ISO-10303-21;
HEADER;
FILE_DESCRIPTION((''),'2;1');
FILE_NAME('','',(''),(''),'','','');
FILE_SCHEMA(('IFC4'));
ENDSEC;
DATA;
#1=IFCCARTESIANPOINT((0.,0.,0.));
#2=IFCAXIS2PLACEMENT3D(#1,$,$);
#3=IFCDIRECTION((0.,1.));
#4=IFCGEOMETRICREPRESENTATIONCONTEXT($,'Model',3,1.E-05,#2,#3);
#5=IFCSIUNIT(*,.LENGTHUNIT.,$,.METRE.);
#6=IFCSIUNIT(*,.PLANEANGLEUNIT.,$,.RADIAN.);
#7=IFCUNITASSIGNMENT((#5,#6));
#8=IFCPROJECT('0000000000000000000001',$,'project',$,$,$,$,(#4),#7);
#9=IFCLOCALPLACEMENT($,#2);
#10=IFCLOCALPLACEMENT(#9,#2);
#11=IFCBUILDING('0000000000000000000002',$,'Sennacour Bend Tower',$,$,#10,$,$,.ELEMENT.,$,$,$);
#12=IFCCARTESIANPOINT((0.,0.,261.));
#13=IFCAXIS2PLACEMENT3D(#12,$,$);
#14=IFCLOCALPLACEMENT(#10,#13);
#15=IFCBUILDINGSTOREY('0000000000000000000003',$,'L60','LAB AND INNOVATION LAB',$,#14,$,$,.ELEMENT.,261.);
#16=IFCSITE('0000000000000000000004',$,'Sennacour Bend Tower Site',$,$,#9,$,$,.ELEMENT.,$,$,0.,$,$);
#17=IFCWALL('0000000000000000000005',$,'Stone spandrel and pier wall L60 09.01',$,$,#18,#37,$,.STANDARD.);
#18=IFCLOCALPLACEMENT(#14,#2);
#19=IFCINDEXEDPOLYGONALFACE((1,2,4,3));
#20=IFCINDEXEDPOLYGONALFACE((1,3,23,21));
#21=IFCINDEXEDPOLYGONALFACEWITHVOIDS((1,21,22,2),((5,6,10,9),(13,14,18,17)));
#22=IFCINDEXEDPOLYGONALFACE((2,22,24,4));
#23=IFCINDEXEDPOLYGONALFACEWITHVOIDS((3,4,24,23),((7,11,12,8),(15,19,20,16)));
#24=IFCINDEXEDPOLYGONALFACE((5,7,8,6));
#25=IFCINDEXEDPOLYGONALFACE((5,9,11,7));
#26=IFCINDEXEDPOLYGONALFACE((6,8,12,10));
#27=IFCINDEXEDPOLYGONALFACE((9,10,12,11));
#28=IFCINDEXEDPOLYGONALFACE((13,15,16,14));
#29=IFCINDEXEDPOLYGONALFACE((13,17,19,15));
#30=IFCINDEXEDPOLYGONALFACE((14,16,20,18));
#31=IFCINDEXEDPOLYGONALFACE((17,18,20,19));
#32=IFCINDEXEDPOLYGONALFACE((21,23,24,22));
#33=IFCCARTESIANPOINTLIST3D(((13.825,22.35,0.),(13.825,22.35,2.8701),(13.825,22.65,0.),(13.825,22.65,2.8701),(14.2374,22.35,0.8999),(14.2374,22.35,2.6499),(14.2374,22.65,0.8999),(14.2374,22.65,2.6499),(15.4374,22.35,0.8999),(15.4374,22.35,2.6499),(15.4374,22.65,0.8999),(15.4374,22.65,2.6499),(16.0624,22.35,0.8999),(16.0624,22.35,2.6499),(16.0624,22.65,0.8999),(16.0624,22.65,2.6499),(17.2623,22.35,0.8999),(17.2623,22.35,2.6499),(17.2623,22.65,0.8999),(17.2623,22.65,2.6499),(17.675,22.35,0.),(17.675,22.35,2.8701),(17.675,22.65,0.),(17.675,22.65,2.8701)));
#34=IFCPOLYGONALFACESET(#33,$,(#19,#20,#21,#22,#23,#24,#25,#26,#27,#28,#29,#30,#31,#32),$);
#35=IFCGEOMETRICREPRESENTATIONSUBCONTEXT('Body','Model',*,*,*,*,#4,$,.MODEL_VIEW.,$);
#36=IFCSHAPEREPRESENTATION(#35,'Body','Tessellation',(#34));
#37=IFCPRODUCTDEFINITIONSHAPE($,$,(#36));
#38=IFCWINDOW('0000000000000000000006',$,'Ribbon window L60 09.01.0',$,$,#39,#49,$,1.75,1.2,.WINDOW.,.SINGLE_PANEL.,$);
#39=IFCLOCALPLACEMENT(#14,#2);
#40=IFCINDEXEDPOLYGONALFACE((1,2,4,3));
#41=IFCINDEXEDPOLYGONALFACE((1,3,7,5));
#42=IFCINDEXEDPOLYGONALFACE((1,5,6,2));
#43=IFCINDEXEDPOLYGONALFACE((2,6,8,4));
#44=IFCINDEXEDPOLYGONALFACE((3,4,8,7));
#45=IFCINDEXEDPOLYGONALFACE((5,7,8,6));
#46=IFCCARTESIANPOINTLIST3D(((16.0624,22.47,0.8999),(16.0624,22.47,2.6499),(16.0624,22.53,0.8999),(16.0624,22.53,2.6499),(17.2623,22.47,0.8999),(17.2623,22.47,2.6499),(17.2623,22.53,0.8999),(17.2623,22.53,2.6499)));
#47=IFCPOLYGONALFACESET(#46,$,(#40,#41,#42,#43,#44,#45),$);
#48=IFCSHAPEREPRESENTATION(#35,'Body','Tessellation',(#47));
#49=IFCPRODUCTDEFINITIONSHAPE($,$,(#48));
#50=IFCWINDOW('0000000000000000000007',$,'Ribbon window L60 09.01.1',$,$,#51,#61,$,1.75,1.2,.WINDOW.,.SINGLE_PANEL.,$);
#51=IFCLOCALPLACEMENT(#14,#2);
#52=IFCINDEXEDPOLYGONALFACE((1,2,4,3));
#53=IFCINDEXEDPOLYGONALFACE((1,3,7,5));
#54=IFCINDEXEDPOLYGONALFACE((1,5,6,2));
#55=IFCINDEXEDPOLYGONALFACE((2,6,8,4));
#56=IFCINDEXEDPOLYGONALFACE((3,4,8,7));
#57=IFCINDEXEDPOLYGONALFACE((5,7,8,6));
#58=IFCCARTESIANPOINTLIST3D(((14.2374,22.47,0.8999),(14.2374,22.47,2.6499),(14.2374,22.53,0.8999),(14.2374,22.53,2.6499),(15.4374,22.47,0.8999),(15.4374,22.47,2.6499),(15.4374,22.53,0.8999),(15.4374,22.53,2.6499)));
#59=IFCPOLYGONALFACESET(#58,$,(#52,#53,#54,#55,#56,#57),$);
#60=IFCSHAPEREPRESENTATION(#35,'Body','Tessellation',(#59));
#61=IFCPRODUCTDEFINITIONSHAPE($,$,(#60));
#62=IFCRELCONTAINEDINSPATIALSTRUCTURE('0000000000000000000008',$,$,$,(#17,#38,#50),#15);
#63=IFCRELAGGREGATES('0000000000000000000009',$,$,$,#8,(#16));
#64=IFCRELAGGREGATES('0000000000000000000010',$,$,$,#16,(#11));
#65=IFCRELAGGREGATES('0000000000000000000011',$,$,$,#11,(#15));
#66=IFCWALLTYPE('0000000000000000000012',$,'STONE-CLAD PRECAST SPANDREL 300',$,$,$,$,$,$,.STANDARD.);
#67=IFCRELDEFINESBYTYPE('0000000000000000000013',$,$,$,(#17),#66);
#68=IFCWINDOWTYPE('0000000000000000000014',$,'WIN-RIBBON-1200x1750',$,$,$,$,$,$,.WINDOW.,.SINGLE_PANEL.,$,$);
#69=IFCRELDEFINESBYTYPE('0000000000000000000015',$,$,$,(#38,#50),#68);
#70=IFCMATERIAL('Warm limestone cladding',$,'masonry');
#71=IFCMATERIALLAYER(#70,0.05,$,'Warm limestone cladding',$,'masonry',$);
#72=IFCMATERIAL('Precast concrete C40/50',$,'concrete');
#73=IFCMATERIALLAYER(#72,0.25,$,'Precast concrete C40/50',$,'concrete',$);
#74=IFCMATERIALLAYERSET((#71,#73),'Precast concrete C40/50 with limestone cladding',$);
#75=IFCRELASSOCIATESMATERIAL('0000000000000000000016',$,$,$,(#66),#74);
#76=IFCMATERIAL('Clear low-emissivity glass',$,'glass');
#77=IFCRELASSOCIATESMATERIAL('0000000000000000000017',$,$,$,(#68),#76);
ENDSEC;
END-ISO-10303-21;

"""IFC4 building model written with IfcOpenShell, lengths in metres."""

from ifc_helpers import new_model, si_unit, direction, frame, frame_2d, origin, place, context, subcontext, project, spatial, rectangle, extrude, material, layer, layer_set, type_object, element, fill, save


model = new_model("IFC4")

# Units and contexts
model_context = context("Model", 3, precision=1e-05, world=origin(), true_north=direction((0.0, 1.0)))
body_context = subcontext(model_context, "Body", "Model", "MODEL_VIEW")
ifc_project = project(units=[si_unit("LENGTHUNIT", "METRE"), si_unit("PLANEANGLEUNIT", "RADIAN")], contexts=[model_context])

# Site, building, storey
site_placement = place(None, origin())
site = spatial("IfcSite", under=ifc_project, at=site_placement, Name="Sennacour Bend Tower Site", CompositionType="ELEMENT", RefElevation=0.0)
building_placement = place(site_placement, origin())
building = spatial("IfcBuilding", under=site, at=building_placement, Name="Sennacour Bend Tower", CompositionType="ELEMENT")
storey_placement = place(building_placement, frame((0.0, 0.0, 261.0)))
storey = spatial("IfcBuildingStorey", under=building, at=storey_placement, Name="L60", Description="LAB AND INNOVATION LAB", CompositionType="ELEMENT", Elevation=261.0)

# Shared definitions
ifc_material_1 = material(Name="Warm limestone cladding", Category="masonry")
ifc_layer_1 = layer(ifc_material_1, 0.05, Name="Warm limestone cladding", Category="masonry")
ifc_material_2 = material(Name="Precast concrete C40/50", Category="concrete")
ifc_layer_2 = layer(ifc_material_2, 0.25, Name="Precast concrete C40/50", Category="concrete")
ifc_layer_set = layer_set([ifc_layer_1, ifc_layer_2], Name="Precast concrete C40/50 with limestone cladding")
wall_type = type_object("IfcWallType", Name="STONE-CLAD PRECAST SPANDREL 300", PredefinedType="STANDARD", material=ifc_layer_set)
ifc_material_3 = material(Name="Clear low-emissivity glass", Category="glass")
window_type = type_object("IfcWindowType", Name="WIN-RIBBON-1200x1750", PartitioningType="SINGLE_PANEL", PredefinedType="WINDOW", material=ifc_material_3)

# Wall, openings, windows
wall_1_placement = place(storey_placement, frame((17.675, 22.5, 0.0), z_axis=(0.0, 0.0, 1.0), x_axis=(-1.0, 0.0, 0.0)))
wall_1 = element("IfcWall", 1, at=wall_1_placement, inside=storey, type_object=wall_type, Name="Stone spandrel and pier wall L60 09.01", PredefinedType="STANDARD", context=body_context, shape_type="SweptSolid", body=[
    extrude(rectangle(XDim=3.8501, YDim=0.3, at=frame_2d((1.925, 0.0))), origin(), (0.0, 0.0, 1.0), 2.8701),
])
opening_1_placement = place(wall_1_placement, frame((0.4126, 0.0, 0.8999)))
opening_1 = element("IfcOpeningElement", 2, at=opening_1_placement, cuts=wall_1, PredefinedType="OPENING", context=body_context, shape_type="SweptSolid", body=[
    extrude(rectangle(XDim=1.2, YDim=1.75, at=frame_2d((0.6001, 0.875))), frame((0.0, 0.1602, 0.0), z_axis=(0.0, -1.0, 0.0), x_axis=(1.0, 0.0, 0.0)), (0.0, 0.0, 1.0), 0.3201),
])
opening_2_placement = place(wall_1_placement, frame((2.2375, 0.0, 0.8999)))
opening_2 = element("IfcOpeningElement", 3, at=opening_2_placement, cuts=wall_1, PredefinedType="OPENING", context=body_context, shape_type="SweptSolid", body=[
    extrude(rectangle(XDim=1.2, YDim=1.75, at=frame_2d((0.6001, 0.875))), frame((0.0, 0.1602, 0.0), z_axis=(0.0, -1.0, 0.0), x_axis=(1.0, 0.0, 0.0)), (0.0, 0.0, 1.0), 0.3201),
])
window_1_placement = place(opening_1_placement, origin())
window_1 = element("IfcWindow", 4, at=window_1_placement, inside=storey, type_object=window_type, Name="Ribbon window L60 09.01.0", OverallHeight=1.75, OverallWidth=1.2, PartitioningType="SINGLE_PANEL", PredefinedType="WINDOW", context=body_context, shape_type="SweptSolid", body=[
    extrude(rectangle(XDim=1.2, YDim=1.75, at=frame_2d((0.6001, 0.875))), frame((0.0, 0.03, 0.0), z_axis=(0.0, -1.0, 0.0), x_axis=(1.0, 0.0, 0.0)), (0.0, 0.0, 1.0), 0.0601),
])
fill(opening_1, window_1)
window_2_placement = place(opening_2_placement, origin())
window_2 = element("IfcWindow", 5, at=window_2_placement, inside=storey, type_object=window_type, Name="Ribbon window L60 09.01.1", OverallHeight=1.75, OverallWidth=1.2, PartitioningType="SINGLE_PANEL", PredefinedType="WINDOW", context=body_context, shape_type="SweptSolid", body=[
    extrude(rectangle(XDim=1.2, YDim=1.75, at=frame_2d((0.6001, 0.875))), frame((0.0, 0.03, 0.0), z_axis=(0.0, -1.0, 0.0), x_axis=(1.0, 0.0, 0.0)), (0.0, 0.0, 1.0), 0.0601),
])
fill(opening_2, window_2)

save(model, "model.ifc")
